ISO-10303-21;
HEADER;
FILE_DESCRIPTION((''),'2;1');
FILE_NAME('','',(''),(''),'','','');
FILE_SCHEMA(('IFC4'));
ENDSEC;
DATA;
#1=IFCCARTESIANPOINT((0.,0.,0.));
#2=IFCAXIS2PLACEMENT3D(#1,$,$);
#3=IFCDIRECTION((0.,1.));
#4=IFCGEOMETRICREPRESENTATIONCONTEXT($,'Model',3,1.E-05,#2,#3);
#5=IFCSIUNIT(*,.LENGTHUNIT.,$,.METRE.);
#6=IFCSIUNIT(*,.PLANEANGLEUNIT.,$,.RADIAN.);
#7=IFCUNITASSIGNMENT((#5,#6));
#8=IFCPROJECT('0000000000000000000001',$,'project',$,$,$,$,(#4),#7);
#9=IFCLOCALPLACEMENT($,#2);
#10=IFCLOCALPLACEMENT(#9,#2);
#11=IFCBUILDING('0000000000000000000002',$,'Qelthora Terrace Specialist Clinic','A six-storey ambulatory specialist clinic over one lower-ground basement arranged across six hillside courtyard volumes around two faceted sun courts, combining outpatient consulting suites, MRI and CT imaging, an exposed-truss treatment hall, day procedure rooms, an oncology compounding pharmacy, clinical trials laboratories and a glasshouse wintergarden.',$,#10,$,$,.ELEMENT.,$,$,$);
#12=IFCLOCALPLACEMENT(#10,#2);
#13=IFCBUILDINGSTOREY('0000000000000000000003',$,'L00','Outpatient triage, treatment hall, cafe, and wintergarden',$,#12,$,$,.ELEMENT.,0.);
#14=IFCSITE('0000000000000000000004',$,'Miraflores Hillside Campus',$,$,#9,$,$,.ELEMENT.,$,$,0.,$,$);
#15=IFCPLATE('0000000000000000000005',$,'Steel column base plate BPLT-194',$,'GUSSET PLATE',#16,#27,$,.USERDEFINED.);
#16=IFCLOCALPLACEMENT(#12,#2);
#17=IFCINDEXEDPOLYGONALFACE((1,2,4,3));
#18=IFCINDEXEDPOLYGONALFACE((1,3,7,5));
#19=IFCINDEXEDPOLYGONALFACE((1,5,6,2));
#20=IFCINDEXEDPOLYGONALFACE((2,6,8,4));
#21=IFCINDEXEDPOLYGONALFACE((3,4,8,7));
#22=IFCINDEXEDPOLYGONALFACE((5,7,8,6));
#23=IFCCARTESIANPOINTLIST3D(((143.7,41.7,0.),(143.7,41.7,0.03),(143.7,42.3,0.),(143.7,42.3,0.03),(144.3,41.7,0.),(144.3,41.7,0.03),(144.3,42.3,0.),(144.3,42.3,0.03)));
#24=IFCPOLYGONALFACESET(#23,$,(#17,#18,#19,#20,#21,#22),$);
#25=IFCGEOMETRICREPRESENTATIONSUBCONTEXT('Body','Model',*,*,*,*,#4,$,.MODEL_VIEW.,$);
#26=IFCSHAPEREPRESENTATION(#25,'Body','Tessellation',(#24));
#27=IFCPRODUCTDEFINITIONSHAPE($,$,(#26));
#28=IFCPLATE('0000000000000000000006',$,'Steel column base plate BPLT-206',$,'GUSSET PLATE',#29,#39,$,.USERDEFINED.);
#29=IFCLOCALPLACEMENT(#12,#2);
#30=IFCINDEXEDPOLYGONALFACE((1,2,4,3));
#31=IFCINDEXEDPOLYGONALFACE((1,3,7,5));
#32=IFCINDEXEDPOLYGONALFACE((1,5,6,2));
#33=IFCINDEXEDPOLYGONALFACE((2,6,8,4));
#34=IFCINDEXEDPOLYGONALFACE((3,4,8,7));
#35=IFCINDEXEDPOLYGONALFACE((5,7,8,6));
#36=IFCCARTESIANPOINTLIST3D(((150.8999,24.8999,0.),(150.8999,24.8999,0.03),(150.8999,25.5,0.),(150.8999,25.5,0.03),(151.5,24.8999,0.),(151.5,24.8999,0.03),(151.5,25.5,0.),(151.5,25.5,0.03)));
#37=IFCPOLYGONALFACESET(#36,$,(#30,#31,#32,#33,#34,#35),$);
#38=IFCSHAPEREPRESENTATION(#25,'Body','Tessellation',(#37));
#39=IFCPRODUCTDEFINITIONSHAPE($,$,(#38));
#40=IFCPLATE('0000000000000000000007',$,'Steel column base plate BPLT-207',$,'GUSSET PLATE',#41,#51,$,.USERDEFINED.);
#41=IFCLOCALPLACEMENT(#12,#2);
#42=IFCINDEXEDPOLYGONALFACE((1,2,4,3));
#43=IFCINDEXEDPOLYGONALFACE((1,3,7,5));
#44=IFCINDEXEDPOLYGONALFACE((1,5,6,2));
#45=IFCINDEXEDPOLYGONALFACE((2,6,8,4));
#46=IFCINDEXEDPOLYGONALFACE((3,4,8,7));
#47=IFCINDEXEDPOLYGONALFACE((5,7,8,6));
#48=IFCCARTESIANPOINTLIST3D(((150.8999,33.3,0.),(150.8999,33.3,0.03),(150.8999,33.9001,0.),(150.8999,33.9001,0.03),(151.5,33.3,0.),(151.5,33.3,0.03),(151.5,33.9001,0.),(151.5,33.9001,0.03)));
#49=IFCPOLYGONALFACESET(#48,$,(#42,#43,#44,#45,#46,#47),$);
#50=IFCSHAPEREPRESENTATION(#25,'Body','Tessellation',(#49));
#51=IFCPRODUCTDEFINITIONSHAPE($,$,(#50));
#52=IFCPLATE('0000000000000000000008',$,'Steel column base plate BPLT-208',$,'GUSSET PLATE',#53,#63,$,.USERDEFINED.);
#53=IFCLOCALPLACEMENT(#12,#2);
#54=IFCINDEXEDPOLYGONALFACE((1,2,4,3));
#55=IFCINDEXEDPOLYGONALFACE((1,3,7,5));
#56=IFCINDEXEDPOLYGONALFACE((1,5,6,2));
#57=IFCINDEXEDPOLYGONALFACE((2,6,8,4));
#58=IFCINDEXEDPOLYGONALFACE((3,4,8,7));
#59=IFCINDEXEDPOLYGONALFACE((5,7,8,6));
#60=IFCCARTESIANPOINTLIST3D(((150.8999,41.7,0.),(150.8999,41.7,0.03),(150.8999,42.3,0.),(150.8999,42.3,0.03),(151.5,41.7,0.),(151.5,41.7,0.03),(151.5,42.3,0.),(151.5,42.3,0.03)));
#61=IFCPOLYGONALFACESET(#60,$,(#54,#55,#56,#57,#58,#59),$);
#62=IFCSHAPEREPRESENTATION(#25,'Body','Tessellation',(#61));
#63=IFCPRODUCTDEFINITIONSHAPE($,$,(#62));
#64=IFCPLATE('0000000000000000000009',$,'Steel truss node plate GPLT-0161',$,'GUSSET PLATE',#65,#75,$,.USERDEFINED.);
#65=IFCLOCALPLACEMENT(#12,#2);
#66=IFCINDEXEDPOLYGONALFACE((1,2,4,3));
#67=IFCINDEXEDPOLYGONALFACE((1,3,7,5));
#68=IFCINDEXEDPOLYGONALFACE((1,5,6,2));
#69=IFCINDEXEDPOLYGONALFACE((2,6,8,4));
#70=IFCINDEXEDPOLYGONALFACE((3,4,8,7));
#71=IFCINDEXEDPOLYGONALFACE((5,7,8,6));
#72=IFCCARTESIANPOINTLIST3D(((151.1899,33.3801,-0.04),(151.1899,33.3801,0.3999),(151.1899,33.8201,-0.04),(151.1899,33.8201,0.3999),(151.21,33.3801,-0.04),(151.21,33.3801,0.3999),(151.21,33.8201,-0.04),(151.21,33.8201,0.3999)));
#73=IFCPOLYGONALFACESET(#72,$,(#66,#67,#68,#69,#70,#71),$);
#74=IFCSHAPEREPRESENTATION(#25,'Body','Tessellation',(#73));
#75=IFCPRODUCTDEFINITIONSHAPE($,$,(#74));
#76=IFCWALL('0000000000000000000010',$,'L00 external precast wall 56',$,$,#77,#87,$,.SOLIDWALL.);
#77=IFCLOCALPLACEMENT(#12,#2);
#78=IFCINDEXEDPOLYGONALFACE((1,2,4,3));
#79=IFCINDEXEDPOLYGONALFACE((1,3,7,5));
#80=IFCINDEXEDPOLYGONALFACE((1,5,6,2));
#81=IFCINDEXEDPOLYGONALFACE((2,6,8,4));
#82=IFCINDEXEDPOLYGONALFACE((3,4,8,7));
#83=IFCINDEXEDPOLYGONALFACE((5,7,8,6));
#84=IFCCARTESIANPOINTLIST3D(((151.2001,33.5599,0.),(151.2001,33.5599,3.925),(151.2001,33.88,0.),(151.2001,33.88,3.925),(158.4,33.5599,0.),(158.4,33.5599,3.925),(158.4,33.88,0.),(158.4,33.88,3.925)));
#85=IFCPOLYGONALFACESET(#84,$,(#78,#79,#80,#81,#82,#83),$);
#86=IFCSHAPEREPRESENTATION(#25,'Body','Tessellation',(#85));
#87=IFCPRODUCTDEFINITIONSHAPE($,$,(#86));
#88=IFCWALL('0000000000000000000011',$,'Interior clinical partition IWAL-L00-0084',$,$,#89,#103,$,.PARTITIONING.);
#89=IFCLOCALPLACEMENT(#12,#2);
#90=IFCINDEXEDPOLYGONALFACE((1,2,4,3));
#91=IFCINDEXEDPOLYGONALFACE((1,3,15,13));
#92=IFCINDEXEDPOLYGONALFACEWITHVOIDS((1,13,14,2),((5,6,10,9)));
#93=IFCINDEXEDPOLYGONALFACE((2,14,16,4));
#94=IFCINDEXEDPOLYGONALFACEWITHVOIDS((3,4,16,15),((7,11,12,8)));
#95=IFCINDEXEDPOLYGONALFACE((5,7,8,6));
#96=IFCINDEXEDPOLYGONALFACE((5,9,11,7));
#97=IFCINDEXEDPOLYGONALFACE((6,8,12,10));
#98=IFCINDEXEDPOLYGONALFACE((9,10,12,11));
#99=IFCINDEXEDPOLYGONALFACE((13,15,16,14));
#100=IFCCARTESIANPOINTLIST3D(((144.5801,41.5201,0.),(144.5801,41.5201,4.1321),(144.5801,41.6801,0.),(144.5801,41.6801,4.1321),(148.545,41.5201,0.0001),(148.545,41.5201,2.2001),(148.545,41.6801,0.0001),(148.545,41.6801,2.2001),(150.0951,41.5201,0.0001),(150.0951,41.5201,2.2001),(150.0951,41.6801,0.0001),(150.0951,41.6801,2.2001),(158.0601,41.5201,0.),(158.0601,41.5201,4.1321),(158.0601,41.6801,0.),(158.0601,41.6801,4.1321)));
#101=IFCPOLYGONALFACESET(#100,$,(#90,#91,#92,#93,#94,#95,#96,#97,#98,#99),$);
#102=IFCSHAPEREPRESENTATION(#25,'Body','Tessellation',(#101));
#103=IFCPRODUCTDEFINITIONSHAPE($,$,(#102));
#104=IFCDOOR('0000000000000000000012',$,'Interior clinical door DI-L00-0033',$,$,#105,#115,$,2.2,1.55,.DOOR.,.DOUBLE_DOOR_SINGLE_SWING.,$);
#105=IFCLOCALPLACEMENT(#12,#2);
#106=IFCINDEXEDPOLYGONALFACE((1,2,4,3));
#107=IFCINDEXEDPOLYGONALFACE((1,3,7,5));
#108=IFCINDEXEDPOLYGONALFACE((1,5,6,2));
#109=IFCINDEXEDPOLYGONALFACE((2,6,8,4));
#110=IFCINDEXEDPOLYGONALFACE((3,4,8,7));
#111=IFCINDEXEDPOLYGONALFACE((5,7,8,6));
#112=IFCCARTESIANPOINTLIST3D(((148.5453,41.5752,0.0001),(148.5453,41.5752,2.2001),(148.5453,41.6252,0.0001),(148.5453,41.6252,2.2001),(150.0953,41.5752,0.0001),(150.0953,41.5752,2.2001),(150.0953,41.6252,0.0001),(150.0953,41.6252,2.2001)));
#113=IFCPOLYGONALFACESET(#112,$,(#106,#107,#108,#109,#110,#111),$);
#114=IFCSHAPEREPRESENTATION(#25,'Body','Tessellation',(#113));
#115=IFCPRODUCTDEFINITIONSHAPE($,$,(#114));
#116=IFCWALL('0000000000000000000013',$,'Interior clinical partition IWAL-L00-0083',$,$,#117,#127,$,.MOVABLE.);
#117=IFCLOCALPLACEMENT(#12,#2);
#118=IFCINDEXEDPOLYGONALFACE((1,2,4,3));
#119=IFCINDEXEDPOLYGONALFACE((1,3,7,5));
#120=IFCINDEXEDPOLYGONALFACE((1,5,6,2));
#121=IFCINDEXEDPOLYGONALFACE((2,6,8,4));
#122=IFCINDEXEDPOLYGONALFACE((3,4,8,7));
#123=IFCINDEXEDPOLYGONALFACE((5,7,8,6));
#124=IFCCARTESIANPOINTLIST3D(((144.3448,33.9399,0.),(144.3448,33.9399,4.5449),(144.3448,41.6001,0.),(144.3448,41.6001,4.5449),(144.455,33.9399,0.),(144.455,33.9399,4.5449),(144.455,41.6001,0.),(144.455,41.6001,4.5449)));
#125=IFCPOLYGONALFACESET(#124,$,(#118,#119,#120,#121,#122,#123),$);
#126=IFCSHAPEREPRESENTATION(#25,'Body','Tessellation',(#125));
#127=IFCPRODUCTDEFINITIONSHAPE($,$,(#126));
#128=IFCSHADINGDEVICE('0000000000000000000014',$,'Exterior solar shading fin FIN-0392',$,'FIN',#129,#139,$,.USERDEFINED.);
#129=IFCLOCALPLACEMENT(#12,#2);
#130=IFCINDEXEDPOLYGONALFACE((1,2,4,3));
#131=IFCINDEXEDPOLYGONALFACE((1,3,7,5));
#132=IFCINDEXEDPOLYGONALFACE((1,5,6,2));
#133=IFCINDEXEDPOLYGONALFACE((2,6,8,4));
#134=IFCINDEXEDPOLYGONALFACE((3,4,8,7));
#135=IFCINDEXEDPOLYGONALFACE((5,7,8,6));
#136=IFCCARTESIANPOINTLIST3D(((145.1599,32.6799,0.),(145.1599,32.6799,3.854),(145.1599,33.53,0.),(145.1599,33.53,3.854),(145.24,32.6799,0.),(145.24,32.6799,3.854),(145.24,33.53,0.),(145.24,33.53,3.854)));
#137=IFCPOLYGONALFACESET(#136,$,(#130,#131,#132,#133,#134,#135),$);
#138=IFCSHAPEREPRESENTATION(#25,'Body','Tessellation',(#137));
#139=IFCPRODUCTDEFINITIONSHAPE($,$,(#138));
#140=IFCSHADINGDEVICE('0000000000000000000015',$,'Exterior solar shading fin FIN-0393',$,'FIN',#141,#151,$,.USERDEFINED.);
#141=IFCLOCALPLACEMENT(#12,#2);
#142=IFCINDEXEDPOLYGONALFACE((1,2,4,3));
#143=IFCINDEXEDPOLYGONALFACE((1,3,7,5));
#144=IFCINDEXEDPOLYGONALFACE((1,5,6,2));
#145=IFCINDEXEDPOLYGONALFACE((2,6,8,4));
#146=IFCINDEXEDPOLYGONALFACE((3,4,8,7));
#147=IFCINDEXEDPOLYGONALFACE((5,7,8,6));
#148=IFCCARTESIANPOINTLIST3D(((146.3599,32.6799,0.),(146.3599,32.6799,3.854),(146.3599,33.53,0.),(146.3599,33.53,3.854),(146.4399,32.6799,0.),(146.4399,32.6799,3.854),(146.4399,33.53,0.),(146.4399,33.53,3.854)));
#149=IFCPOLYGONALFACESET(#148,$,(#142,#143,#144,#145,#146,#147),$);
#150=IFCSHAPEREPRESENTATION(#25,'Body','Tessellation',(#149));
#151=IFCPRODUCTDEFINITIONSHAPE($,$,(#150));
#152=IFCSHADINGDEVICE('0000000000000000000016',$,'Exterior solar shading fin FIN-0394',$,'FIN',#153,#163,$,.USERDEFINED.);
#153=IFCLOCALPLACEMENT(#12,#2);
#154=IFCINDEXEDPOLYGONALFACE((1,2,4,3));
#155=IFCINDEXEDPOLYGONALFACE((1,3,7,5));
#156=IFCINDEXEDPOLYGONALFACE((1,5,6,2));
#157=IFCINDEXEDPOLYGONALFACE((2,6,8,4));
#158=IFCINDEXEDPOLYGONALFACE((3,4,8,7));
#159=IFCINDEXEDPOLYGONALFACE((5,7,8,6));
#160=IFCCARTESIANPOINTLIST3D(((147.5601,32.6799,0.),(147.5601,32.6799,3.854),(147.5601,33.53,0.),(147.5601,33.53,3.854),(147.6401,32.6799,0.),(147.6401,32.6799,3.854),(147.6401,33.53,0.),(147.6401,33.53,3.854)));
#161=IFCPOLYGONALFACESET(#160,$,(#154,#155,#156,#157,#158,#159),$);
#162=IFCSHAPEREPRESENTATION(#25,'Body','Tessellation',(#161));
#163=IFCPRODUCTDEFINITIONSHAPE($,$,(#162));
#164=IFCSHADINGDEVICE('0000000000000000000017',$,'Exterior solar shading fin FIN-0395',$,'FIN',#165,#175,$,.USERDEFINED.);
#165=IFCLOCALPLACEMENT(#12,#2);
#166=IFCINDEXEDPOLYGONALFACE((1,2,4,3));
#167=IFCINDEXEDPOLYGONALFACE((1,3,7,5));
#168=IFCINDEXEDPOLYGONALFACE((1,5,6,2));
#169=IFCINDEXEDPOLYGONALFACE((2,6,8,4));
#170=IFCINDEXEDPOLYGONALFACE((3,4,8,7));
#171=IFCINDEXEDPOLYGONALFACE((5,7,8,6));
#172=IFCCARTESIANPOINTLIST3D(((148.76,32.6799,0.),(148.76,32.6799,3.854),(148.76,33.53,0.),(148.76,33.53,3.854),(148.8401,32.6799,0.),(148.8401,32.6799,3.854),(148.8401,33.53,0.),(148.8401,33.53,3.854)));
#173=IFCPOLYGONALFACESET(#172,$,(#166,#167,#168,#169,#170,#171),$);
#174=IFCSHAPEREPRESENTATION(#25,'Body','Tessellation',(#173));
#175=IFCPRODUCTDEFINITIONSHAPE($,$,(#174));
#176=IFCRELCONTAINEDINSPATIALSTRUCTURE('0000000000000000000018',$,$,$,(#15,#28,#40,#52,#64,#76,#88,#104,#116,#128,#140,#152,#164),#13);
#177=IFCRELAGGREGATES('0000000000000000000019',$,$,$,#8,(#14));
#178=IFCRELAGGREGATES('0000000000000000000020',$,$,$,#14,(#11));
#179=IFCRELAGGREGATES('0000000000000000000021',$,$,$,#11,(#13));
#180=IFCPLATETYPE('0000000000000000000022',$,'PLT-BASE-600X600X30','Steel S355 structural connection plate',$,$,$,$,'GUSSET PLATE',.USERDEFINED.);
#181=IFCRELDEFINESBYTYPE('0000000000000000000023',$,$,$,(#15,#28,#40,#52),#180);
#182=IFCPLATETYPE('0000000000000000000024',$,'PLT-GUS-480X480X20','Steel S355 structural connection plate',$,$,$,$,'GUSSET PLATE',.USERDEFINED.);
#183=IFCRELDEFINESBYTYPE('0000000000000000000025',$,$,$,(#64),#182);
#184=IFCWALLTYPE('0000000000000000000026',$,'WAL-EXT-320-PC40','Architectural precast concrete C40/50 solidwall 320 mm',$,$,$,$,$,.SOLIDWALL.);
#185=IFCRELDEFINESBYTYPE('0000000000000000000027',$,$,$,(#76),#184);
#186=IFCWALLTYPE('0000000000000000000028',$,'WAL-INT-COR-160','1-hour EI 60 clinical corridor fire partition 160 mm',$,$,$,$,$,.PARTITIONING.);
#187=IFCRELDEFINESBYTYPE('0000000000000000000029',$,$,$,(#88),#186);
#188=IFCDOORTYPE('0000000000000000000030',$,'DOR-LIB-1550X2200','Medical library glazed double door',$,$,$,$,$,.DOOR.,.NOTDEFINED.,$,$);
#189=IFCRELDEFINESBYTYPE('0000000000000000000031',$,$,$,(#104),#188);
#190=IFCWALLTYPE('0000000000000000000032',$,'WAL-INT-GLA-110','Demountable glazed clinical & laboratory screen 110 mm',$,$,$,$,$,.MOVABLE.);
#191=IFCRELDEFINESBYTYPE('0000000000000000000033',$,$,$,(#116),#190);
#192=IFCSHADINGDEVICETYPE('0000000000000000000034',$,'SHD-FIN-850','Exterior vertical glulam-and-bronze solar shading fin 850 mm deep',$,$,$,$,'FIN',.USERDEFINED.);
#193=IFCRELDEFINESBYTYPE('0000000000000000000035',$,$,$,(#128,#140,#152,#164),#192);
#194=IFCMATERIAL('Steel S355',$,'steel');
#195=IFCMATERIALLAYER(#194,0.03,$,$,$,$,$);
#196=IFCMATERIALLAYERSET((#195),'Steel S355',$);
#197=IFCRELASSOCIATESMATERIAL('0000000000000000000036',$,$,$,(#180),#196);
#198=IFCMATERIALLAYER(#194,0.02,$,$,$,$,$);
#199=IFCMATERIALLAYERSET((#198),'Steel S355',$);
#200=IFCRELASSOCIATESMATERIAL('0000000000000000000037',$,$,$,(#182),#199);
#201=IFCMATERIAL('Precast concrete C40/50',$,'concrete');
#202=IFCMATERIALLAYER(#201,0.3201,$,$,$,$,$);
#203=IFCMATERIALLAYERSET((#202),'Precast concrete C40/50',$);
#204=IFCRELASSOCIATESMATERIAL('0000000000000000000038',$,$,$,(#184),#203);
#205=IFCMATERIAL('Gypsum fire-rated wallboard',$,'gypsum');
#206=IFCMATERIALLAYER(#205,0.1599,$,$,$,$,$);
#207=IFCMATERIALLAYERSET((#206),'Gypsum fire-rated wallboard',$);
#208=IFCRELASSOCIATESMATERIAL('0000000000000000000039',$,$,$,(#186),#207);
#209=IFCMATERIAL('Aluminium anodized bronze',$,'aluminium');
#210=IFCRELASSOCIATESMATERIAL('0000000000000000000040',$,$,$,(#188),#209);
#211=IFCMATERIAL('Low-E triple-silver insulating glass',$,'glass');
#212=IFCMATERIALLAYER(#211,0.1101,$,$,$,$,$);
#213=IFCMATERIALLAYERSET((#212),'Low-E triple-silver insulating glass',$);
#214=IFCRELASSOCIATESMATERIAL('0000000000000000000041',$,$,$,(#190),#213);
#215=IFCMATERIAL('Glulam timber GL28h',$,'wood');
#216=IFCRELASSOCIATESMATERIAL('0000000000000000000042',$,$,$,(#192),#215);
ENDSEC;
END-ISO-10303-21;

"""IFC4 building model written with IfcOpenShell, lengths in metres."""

from ifc_helpers import new_model, si_unit, direction, frame, frame_2d, origin, origin_2d, place, context, subcontext, project, spatial, rectangle, extrude, material, layer, layer_set, type_object, element, fill, save


model = new_model("IFC4")

# Units and contexts
model_context = context("Model", 3, precision=1e-05, world=origin(), true_north=direction((0.0, 1.0)))
body_context = subcontext(model_context, "Body", "Model", "MODEL_VIEW")
ifc_project = project(units=[si_unit("LENGTHUNIT", "METRE"), si_unit("PLANEANGLEUNIT", "RADIAN")], contexts=[model_context])

# Site, building, storey
site_placement = place(None, origin())
site = spatial("IfcSite", under=ifc_project, at=site_placement, Name="Miraflores Hillside Campus", CompositionType="ELEMENT", RefElevation=0.0)
building_placement = place(site_placement, origin())
building = spatial("IfcBuilding", under=site, at=building_placement, Name="Qelthora Terrace Specialist Clinic", Description="A six-storey ambulatory specialist clinic over one lower-ground basement arranged across six hillside courtyard volumes around two faceted sun courts, combining outpatient consulting suites, MRI and CT imaging, an exposed-truss treatment hall, day procedure rooms, an oncology compounding pharmacy, clinical trials laboratories and a glasshouse wintergarden.", CompositionType="ELEMENT")
storey_placement = place(building_placement, origin())
storey = spatial("IfcBuildingStorey", under=building, at=storey_placement, Name="L00", Description="Outpatient triage, treatment hall, cafe, and wintergarden", CompositionType="ELEMENT", Elevation=0.0)

# Shared definitions
ifc_material_1 = material(Name="Steel S355", Category="steel")

# Shared definitions
ifc_material_2 = material(Name="Aluminium anodized bronze", Category="aluminium")

# Plates
ifc_layer_1 = layer(ifc_material_1, 0.03)
ifc_layer_set_1 = layer_set([ifc_layer_1], Name="Steel S355")
plate_type_1 = type_object("IfcPlateType", Name="PLT-BASE-600X600X30", Description="Steel S355 structural connection plate", ElementType="GUSSET PLATE", PredefinedType="USERDEFINED", material=ifc_layer_set_1)
for number, where, z_axis, x_axis, name in (
    (1, (144.0, 42.0, 0.0), (0.0, 0.0, 1.0), (1.0, 0.0, 0.0), "Steel column base plate BPLT-194"),
    (2, (151.2, 25.2, 0.0), (0.0, 0.0, 1.0), (1.0, 0.0, 0.0), "Steel column base plate BPLT-206"),
    (3, (151.2, 33.6001, 0.0), (0.0, 0.0, 1.0), (1.0, 0.0, 0.0), "Steel column base plate BPLT-207"),
    (4, (151.2, 42.0, 0.0), (0.0, 0.0, 1.0), (1.0, 0.0, 0.0), "Steel column base plate BPLT-208"),
):
    element("IfcPlate", number, at=place(storey_placement, frame(where, z_axis=z_axis, x_axis=x_axis)), inside=storey, type_object=plate_type_1, Name=name, ObjectType="GUSSET PLATE", PredefinedType="USERDEFINED", context=body_context, shape_type="SweptSolid", body=[
        extrude(rectangle(XDim=0.6001, YDim=0.6001, at=origin_2d()), origin(), (0.0, 0.0, 1.0), 0.03),
    ])
ifc_layer_2 = layer(ifc_material_1, 0.02)
ifc_layer_set_2 = layer_set([ifc_layer_2], Name="Steel S355")
plate_type_2 = type_object("IfcPlateType", Name="PLT-GUS-480X480X20", Description="Steel S355 structural connection plate", ElementType="GUSSET PLATE", PredefinedType="USERDEFINED", material=ifc_layer_set_2)
plate_placement = place(storey_placement, frame((151.2, 33.6001, -0.04), z_axis=(0.0, 0.0, 1.0), x_axis=(1.0, 0.0, 0.0)))
element("IfcPlate", 5, at=plate_placement, inside=storey, type_object=plate_type_2, Name="Steel truss node plate GPLT-0161", ObjectType="GUSSET PLATE", PredefinedType="USERDEFINED", context=body_context, shape_type="SweptSolid", body=[
    extrude(rectangle(XDim=0.02, YDim=0.4399, at=origin_2d()), origin(), (0.0, 0.0, 1.0), 0.4399),
])

# Wall
ifc_material_3 = material(Name="Precast concrete C40/50", Category="concrete")
ifc_layer_3 = layer(ifc_material_3, 0.3201)
ifc_layer_set_3 = layer_set([ifc_layer_3], Name="Precast concrete C40/50")
wall_type_1 = type_object("IfcWallType", Name="WAL-EXT-320-PC40", Description="Architectural precast concrete C40/50 solidwall 320 mm", PredefinedType="SOLIDWALL", material=ifc_layer_set_3)
wall_1_placement = place(storey_placement, frame((151.2, 33.72, 0.0), z_axis=(0.0, 0.0, 1.0), x_axis=(1.0, 0.0, 0.0)))
element("IfcWall", 6, at=wall_1_placement, inside=storey, type_object=wall_type_1, Name="L00 external precast wall 56", PredefinedType="SOLIDWALL", context=body_context, shape_type="SweptSolid", body=[
    extrude(rectangle(XDim=7.2, YDim=0.3201, at=frame_2d((3.6001, 0.0))), origin(), (0.0, 0.0, 1.0), 3.925),
])

# Wall, opening, door
ifc_material_4 = material(Name="Gypsum fire-rated wallboard", Category="gypsum")
ifc_layer_4 = layer(ifc_material_4, 0.1599)
ifc_layer_set_4 = layer_set([ifc_layer_4], Name="Gypsum fire-rated wallboard")
wall_type_2 = type_object("IfcWallType", Name="WAL-INT-COR-160", Description="1-hour EI 60 clinical corridor fire partition 160 mm", PredefinedType="PARTITIONING", material=ifc_layer_set_4)
wall_2_placement = place(storey_placement, frame((144.5801, 41.6001, 0.0), z_axis=(0.0, 0.0, 1.0), x_axis=(1.0, 0.0, 0.0)))
wall_2 = element("IfcWall", 7, at=wall_2_placement, inside=storey, type_object=wall_type_2, Name="Interior clinical partition IWAL-L00-0084", PredefinedType="PARTITIONING", context=body_context, shape_type="SweptSolid", body=[
    extrude(rectangle(XDim=13.48, YDim=0.1599, at=frame_2d((6.74, 0.0))), origin(), (0.0, 0.0, 1.0), 4.1321),
])
opening_placement = place(wall_2_placement, frame((3.9651, 0.0, 0.0)))
opening = element("IfcOpeningElement", 8, at=opening_placement, cuts=wall_2, PredefinedType="OPENING", context=body_context, shape_type="SweptSolid", body=[
    extrude(rectangle(XDim=1.55, YDim=2.2, at=frame_2d((0.7749, 1.1001))), frame((0.0, 0.0898, 0.0), z_axis=(0.0, -1.0, 0.0), x_axis=(1.0, 0.0, 0.0)), (0.0, 0.0, 1.0), 0.1799),
])
door_type = type_object("IfcDoorType", Name="DOR-LIB-1550X2200", Description="Medical library glazed double door", OperationType="NOTDEFINED", PredefinedType="DOOR", material=ifc_material_2)
door_placement = place(opening_placement, frame((1.55, 0.0, 0.0), z_axis=(0.0, 0.0, 1.0), x_axis=(-1.0, 0.0, 0.0)))
door = element("IfcDoor", 9, at=door_placement, inside=storey, type_object=door_type, Name="Interior clinical door DI-L00-0033", OperationType="DOUBLE_DOOR_SINGLE_SWING", OverallHeight=2.2, OverallWidth=1.55, PredefinedType="DOOR", context=body_context, shape_type="SweptSolid", body=[
    extrude(rectangle(XDim=1.55, YDim=2.2, at=frame_2d((0.7749, 1.1001))), frame((0.0, 0.0249, 0.0), z_axis=(0.0, -1.0, 0.0), x_axis=(1.0, 0.0, 0.0)), (0.0, 0.0, 1.0), 0.05),
])
fill(opening, door)

# Wall
ifc_material_5 = material(Name="Low-E triple-silver insulating glass", Category="glass")
ifc_layer_5 = layer(ifc_material_5, 0.1101)
ifc_layer_set_5 = layer_set([ifc_layer_5], Name="Low-E triple-silver insulating glass")
wall_type_3 = type_object("IfcWallType", Name="WAL-INT-GLA-110", Description="Demountable glazed clinical & laboratory screen 110 mm", PredefinedType="MOVABLE", material=ifc_layer_set_5)
wall_3_placement = place(storey_placement, frame((144.3999, 33.9399, 0.0), z_axis=(0.0, 0.0, 1.0), x_axis=(0.0, 1.0, 0.0)))
element("IfcWall", 10, at=wall_3_placement, inside=storey, type_object=wall_type_3, Name="Interior clinical partition IWAL-L00-0083", PredefinedType="MOVABLE", context=body_context, shape_type="SweptSolid", body=[
    extrude(rectangle(XDim=7.6602, YDim=0.1101, at=frame_2d((3.8301, 0.0))), origin(), (0.0, 0.0, 1.0), 4.5449),
])

# Shading devices
ifc_material_6 = material(Name="Glulam timber GL28h", Category="wood")
shading_device_type = type_object("IfcShadingDeviceType", Name="SHD-FIN-850", Description="Exterior vertical glulam-and-bronze solar shading fin 850 mm deep", ElementType="FIN", PredefinedType="USERDEFINED", material=ifc_material_6)
for number, where, z_axis, x_axis, name in (
    (11, (145.2, 33.105, 0.0), (0.0, 0.0, 1.0), (0.0, -1.0, 0.0), "Exterior solar shading fin FIN-0392"),
    (12, (146.3999, 33.105, 0.0), (0.0, 0.0, 1.0), (0.0, -1.0, 0.0), "Exterior solar shading fin FIN-0393"),
    (13, (147.6001, 33.105, 0.0), (0.0, 0.0, 1.0), (0.0, -1.0, 0.0), "Exterior solar shading fin FIN-0394"),
    (14, (148.8, 33.105, 0.0), (0.0, 0.0, 1.0), (0.0, -1.0, 0.0), "Exterior solar shading fin FIN-0395"),
):
    element("IfcShadingDevice", number, at=place(storey_placement, frame(where, z_axis=z_axis, x_axis=x_axis)), inside=storey, type_object=shading_device_type, Name=name, ObjectType="FIN", PredefinedType="USERDEFINED", context=body_context, shape_type="SweptSolid", body=[
        extrude(rectangle(XDim=0.8501, YDim=0.0801, at=origin_2d()), origin(), (0.0, 0.0, 1.0), 3.854),
    ])

save(model, "model.ifc")
